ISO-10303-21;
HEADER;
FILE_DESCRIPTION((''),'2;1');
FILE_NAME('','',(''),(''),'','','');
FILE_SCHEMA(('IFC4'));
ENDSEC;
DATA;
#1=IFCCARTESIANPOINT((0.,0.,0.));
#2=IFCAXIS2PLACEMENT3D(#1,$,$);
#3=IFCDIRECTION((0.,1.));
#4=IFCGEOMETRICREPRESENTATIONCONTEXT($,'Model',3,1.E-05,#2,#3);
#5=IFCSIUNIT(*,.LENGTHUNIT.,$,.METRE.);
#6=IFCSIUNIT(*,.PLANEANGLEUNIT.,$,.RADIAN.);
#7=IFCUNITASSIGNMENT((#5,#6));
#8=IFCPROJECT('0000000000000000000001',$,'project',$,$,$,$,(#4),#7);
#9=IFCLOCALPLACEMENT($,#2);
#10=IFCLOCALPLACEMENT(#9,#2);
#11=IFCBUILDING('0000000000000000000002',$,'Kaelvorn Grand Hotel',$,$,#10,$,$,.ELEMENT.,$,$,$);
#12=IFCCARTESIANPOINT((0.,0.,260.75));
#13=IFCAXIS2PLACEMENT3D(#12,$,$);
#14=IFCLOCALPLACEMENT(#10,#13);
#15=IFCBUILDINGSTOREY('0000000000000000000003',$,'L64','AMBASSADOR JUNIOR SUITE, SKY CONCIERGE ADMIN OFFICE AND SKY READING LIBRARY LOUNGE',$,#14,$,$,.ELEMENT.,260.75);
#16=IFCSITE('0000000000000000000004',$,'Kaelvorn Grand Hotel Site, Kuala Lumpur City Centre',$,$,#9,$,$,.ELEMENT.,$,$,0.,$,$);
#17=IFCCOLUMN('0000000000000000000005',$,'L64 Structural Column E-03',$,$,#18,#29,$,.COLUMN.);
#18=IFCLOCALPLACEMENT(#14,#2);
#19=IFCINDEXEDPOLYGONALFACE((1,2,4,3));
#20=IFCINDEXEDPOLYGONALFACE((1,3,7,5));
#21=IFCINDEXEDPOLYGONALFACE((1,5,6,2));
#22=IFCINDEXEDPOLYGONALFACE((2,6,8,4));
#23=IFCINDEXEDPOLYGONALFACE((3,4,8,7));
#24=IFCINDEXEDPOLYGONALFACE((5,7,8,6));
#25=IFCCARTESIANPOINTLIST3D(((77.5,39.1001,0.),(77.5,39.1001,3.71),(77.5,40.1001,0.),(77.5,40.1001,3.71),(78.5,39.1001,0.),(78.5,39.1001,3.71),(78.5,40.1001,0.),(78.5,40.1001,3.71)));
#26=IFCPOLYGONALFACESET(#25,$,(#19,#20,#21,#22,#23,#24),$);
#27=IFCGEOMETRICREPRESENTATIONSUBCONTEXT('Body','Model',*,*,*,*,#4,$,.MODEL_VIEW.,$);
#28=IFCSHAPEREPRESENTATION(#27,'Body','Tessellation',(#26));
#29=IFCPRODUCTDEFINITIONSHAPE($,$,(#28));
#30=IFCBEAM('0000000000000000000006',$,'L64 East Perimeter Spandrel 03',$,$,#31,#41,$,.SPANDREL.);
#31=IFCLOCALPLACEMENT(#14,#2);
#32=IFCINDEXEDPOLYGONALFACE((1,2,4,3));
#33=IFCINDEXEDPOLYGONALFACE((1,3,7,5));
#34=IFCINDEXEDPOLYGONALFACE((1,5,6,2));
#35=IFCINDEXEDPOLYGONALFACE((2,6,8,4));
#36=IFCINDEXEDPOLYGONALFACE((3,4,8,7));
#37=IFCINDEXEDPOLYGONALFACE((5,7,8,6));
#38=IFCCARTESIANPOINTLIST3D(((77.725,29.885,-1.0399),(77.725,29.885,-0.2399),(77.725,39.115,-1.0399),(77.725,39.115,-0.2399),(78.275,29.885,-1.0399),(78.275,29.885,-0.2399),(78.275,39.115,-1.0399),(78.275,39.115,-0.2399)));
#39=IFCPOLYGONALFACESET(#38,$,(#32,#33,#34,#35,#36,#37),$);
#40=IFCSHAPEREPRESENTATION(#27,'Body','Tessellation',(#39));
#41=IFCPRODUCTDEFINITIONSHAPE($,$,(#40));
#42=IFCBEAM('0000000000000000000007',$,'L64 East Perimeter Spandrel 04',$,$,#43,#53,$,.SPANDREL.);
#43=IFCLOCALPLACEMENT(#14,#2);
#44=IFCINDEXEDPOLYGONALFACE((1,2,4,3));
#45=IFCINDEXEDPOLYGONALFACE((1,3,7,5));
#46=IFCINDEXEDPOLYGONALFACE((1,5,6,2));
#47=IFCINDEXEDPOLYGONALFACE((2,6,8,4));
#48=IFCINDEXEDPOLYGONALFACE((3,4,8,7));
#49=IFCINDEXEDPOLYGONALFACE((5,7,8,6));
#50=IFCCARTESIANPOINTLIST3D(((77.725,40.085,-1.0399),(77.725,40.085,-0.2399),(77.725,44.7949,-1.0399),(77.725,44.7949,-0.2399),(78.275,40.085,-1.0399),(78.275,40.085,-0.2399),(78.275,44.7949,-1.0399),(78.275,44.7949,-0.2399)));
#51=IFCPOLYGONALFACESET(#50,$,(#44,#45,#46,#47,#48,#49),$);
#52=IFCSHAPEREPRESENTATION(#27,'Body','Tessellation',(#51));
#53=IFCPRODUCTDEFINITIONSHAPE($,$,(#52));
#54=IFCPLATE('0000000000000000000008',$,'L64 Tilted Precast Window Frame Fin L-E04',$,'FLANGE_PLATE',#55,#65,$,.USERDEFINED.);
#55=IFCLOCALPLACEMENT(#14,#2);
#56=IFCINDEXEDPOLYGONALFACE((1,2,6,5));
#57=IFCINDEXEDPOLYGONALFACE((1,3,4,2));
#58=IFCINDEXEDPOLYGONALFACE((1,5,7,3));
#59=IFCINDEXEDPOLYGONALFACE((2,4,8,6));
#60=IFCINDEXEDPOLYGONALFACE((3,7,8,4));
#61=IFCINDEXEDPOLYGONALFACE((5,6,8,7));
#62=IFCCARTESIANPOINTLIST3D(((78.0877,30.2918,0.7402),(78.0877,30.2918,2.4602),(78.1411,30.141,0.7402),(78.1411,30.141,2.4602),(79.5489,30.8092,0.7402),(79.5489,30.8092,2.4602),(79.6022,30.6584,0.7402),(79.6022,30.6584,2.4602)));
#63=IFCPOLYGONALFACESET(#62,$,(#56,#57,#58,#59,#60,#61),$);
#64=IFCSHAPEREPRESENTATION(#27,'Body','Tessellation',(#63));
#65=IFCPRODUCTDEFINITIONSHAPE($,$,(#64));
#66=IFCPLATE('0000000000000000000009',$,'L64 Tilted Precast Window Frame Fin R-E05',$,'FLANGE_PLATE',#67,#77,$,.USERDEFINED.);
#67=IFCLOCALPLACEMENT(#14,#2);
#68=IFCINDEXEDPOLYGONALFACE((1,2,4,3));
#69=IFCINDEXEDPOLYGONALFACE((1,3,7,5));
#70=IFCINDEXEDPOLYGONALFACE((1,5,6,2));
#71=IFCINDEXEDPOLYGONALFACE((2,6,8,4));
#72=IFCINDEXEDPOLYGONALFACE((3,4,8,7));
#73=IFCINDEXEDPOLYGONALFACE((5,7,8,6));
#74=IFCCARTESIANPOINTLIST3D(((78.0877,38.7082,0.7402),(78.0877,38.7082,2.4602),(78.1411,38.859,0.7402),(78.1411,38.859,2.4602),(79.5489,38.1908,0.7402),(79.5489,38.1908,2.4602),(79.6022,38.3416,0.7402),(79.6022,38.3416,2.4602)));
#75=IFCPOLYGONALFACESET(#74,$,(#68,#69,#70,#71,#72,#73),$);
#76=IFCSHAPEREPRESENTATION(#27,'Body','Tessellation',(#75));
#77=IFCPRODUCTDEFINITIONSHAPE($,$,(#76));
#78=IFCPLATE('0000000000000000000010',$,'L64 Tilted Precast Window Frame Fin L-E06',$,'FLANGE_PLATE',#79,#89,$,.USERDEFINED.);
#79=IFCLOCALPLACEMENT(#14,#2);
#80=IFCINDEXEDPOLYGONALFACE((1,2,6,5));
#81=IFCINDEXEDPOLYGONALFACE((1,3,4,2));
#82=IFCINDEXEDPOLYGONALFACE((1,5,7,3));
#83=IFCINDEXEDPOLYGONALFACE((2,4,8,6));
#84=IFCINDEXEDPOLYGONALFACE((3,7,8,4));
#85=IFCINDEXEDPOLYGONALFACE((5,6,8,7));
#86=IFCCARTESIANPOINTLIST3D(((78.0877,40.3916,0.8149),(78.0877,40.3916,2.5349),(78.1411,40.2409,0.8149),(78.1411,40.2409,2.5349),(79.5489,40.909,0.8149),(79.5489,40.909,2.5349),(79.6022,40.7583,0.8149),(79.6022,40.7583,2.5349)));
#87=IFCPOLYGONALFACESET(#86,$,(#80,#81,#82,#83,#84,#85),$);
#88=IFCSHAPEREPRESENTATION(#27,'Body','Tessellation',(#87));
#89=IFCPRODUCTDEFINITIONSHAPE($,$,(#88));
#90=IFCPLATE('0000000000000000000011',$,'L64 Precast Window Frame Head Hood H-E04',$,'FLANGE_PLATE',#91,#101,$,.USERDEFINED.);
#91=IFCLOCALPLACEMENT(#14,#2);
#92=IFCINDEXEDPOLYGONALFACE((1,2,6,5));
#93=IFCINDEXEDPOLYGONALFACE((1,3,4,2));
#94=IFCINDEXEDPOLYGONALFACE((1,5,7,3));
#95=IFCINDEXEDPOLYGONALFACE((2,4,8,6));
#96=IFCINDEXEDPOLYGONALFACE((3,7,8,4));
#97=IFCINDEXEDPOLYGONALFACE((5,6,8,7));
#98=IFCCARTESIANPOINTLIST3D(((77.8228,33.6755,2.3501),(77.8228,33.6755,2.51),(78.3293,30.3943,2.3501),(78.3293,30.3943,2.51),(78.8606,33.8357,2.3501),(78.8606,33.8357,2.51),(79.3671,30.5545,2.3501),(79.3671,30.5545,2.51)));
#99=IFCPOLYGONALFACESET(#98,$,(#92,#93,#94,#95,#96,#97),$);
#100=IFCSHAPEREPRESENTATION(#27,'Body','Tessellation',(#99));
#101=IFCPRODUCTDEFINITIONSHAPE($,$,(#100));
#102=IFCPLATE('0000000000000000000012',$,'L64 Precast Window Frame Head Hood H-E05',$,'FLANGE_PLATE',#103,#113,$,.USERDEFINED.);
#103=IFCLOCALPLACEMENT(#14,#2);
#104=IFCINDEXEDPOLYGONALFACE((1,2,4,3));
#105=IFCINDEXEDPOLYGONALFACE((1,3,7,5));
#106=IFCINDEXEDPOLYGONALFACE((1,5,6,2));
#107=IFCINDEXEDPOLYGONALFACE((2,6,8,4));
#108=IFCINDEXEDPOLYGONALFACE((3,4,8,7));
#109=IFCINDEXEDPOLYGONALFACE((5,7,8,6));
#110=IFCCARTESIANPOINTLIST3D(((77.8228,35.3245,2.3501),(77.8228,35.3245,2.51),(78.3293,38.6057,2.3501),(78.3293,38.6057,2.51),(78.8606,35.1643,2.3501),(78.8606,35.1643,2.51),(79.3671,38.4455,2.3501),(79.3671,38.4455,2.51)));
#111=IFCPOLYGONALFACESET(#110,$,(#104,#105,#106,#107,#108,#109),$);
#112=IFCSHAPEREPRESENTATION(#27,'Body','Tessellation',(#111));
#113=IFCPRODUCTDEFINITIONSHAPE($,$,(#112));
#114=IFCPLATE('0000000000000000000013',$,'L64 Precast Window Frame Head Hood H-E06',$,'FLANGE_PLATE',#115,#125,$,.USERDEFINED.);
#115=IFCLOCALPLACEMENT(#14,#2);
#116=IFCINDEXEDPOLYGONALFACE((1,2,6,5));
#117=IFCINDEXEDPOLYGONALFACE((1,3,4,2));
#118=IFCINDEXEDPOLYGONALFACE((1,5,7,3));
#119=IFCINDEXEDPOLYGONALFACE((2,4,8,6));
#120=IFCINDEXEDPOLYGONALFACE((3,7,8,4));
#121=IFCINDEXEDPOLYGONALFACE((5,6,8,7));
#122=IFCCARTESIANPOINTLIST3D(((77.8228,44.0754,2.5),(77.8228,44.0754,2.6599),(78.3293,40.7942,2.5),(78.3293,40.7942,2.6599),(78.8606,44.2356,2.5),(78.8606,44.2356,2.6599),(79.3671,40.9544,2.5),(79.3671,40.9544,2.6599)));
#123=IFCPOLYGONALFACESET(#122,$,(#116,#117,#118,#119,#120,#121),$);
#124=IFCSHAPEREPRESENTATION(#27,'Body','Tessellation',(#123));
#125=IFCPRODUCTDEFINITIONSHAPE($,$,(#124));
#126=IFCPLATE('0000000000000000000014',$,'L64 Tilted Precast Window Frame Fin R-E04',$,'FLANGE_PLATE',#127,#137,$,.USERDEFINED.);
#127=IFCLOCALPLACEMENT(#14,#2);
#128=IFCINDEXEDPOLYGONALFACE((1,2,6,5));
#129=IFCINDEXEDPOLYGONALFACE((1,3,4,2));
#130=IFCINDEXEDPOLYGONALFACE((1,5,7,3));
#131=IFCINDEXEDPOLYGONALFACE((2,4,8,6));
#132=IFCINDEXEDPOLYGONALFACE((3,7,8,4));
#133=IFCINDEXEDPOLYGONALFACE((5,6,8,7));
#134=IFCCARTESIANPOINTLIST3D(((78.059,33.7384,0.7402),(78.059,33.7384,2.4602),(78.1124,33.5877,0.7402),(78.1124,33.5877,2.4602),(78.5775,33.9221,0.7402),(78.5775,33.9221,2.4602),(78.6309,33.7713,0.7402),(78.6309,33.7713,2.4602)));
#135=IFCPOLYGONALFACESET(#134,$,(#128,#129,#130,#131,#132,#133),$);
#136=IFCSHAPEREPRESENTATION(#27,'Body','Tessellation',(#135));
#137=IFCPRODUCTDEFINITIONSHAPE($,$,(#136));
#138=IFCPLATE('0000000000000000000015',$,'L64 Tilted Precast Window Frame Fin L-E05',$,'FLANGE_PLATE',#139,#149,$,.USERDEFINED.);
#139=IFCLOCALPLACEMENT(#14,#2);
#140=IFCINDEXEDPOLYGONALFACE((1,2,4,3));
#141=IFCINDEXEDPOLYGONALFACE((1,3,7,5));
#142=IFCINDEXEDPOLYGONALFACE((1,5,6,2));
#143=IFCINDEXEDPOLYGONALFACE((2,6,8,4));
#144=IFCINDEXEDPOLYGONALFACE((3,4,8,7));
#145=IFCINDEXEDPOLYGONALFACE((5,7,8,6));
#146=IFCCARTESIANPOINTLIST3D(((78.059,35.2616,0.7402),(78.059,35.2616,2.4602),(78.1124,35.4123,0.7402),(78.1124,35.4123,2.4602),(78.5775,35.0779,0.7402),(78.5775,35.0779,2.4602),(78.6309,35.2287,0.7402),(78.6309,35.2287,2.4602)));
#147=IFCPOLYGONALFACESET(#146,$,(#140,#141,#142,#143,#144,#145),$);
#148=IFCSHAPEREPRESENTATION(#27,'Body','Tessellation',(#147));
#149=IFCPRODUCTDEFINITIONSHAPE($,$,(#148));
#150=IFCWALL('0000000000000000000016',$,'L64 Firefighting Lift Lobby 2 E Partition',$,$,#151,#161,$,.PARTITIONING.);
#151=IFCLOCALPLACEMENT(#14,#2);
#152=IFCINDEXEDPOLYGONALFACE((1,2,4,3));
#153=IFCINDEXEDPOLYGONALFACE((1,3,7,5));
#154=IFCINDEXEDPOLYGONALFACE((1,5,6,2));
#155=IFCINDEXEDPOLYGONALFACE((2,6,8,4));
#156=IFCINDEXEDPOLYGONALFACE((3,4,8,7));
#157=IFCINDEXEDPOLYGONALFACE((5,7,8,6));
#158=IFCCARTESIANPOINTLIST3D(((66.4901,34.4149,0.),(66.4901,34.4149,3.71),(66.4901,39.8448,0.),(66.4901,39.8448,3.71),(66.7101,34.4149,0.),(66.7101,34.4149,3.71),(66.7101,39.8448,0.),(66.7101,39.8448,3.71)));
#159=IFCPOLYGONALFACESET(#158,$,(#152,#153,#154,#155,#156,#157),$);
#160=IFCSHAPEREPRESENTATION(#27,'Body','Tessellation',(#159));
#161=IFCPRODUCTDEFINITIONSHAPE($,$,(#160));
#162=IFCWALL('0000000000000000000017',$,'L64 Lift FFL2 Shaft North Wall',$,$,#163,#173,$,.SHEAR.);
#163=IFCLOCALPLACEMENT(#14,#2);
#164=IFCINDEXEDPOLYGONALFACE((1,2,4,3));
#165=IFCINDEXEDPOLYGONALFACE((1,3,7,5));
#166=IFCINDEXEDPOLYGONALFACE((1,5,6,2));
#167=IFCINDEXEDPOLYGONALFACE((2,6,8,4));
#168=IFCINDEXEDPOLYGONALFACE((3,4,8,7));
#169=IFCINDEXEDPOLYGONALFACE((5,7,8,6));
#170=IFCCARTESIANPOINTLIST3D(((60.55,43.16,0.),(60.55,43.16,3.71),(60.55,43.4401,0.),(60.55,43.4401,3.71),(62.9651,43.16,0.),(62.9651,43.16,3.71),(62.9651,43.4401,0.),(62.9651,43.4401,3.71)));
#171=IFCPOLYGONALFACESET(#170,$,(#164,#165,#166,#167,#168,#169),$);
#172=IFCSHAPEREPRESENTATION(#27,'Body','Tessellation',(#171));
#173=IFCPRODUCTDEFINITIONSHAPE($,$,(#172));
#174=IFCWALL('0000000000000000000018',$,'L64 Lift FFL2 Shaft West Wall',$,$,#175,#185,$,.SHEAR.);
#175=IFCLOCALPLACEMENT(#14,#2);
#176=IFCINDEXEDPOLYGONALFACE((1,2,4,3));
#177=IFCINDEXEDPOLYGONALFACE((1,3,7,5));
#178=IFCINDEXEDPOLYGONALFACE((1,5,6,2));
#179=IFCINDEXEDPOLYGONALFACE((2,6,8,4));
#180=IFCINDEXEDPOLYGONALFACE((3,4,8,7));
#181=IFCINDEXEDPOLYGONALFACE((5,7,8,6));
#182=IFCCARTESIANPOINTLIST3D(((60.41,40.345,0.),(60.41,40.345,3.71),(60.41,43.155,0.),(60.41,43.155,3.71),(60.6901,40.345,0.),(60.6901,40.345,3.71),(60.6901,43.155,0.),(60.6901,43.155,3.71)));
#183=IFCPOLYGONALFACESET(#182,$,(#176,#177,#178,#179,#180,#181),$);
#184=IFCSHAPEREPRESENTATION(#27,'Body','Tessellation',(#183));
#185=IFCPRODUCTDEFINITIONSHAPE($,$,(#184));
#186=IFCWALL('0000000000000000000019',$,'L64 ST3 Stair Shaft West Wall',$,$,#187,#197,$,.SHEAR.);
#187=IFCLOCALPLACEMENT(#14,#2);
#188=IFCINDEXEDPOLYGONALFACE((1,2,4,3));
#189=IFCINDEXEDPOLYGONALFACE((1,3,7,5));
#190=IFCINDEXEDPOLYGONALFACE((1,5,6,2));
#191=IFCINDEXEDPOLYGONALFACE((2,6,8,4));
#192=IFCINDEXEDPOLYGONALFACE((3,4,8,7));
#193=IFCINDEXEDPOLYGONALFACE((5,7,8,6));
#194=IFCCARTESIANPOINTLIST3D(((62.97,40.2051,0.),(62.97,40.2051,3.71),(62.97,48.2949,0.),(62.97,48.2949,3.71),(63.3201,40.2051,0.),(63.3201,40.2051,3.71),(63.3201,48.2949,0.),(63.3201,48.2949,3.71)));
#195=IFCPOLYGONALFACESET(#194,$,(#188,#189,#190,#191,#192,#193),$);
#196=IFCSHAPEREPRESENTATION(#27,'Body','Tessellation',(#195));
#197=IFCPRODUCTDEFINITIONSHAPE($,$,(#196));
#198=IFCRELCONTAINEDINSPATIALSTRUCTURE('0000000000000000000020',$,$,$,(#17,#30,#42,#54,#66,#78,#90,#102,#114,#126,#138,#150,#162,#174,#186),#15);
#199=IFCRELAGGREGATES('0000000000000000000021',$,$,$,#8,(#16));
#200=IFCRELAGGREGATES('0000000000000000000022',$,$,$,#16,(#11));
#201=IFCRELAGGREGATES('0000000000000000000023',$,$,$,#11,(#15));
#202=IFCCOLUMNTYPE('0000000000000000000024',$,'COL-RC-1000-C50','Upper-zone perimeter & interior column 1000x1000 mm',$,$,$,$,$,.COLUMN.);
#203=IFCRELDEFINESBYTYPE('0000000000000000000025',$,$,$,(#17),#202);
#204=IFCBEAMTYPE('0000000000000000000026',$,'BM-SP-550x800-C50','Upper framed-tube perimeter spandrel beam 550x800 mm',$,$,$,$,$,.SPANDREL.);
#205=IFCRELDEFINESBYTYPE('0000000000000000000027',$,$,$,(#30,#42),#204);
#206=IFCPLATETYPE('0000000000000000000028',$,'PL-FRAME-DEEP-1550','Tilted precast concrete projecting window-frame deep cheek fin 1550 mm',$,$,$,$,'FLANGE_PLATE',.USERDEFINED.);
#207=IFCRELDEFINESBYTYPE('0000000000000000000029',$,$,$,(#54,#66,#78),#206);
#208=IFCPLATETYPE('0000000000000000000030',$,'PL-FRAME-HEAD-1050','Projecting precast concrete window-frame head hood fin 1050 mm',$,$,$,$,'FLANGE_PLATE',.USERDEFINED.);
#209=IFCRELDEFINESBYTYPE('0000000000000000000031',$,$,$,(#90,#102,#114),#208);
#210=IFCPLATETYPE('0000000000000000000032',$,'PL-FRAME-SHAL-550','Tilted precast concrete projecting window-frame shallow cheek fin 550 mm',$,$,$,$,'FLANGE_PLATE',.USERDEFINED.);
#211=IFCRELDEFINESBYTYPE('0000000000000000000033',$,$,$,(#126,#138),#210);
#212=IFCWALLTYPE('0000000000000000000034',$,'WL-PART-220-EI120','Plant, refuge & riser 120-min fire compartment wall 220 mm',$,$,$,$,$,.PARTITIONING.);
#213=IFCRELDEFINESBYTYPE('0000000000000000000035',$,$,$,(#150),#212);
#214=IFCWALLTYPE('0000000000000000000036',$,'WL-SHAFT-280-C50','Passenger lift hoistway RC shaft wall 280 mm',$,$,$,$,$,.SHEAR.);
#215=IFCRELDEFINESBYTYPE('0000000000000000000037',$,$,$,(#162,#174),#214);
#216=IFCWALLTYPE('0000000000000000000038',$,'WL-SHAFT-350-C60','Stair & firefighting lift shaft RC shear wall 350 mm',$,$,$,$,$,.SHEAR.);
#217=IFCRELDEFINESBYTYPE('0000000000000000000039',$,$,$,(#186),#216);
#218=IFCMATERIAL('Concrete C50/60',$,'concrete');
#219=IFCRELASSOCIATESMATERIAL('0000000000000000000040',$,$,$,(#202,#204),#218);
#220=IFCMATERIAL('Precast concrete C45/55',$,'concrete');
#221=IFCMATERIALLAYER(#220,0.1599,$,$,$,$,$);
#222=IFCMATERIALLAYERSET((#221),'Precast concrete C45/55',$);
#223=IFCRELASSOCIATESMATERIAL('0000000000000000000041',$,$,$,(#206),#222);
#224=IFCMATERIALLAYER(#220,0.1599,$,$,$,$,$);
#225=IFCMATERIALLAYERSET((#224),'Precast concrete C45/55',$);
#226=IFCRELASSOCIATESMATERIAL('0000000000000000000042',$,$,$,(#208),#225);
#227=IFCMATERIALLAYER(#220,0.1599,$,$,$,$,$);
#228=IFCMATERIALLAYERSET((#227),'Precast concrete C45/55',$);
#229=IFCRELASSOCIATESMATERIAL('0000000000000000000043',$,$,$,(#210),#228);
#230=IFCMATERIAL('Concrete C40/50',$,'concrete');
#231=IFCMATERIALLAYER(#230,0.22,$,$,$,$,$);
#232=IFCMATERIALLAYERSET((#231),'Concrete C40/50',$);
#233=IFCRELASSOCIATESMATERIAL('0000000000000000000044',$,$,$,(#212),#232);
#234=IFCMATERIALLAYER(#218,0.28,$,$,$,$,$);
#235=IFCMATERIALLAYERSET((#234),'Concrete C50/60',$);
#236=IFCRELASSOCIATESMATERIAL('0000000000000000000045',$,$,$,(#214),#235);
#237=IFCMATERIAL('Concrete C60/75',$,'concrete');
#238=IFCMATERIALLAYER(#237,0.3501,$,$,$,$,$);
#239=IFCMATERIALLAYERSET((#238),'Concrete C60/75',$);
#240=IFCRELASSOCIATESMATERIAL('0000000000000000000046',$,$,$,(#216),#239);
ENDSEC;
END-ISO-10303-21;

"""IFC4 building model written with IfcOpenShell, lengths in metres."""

from ifc_helpers import new_model, si_unit, direction, frame, frame_2d, origin, origin_2d, place, context, subcontext, project, spatial, rectangle, extrude, material, layer, layer_set, material_profile, profile_set, type_object, element, save


model = new_model("IFC4")

# Units and contexts
model_context = context("Model", 3, precision=1e-05, world=origin(), true_north=direction((0.0, 1.0)))
body_context = subcontext(model_context, "Body", "Model", "MODEL_VIEW")
ifc_project = project(units=[si_unit("LENGTHUNIT", "METRE"), si_unit("PLANEANGLEUNIT", "RADIAN")], contexts=[model_context])

# Site, building, storey
site_placement = place(None, origin())
site = spatial("IfcSite", under=ifc_project, at=site_placement, Name="Kaelvorn Grand Hotel Site, Kuala Lumpur City Centre", CompositionType="ELEMENT", RefElevation=0.0)
building_placement = place(site_placement, origin())
building = spatial("IfcBuilding", under=site, at=building_placement, Name="Kaelvorn Grand Hotel", CompositionType="ELEMENT")
storey_placement = place(building_placement, frame((0.0, 0.0, 260.75)))
storey = spatial("IfcBuildingStorey", under=building, at=storey_placement, Name="L64", Description="AMBASSADOR JUNIOR SUITE, SKY CONCIERGE ADMIN OFFICE AND SKY READING LIBRARY LOUNGE", CompositionType="ELEMENT", Elevation=260.75)

# Column
ifc_material_1 = material(Name="Concrete C50/60", Category="concrete")
ifc_material_profile_1 = material_profile(ifc_material_1, rectangle(XDim=1.0, YDim=1.0, at=origin_2d()), Name="RC COL 1000x1000")
ifc_profile_set_1 = profile_set([ifc_material_profile_1], Name="Concrete C50/60")
column_type = type_object("IfcColumnType", Name="COL-RC-1000-C50", Description="Upper-zone perimeter & interior column 1000x1000 mm", PredefinedType="COLUMN", material=ifc_profile_set_1)
column_placement = place(storey_placement, frame((78.0, 39.6001, 0.0), z_axis=(0.0, 0.0, 1.0), x_axis=(1.0, 0.0, 0.0)))
element("IfcColumn", 1, at=column_placement, inside=storey, type_object=column_type, Name="L64 Structural Column E-03", PredefinedType="COLUMN", context=body_context, shape_type="SweptSolid", body=[
    extrude(rectangle(XDim=1.0, YDim=1.0, at=origin_2d()), origin(), (0.0, 0.0, 1.0), 3.71),
])

# Beams
ifc_material_profile_2 = material_profile(ifc_material_1, rectangle(XDim=0.55, YDim=0.8, at=origin_2d()), Name="RC SPANDREL 550x800")
ifc_profile_set_2 = profile_set([ifc_material_profile_2], Name="Concrete C50/60")
beam_type = type_object("IfcBeamType", Name="BM-SP-550x800-C50", Description="Upper framed-tube perimeter spandrel beam 550x800 mm", PredefinedType="SPANDREL", material=ifc_profile_set_2)
beam_1_placement = place(storey_placement, frame((78.0, 29.885, -0.6399), z_axis=(0.0, 1.0, 0.0), x_axis=(-1.0, 0.0, 0.0)))
element("IfcBeam", 2, at=beam_1_placement, inside=storey, type_object=beam_type, Name="L64 East Perimeter Spandrel 03", PredefinedType="SPANDREL", context=body_context, shape_type="SweptSolid", body=[
    extrude(rectangle(XDim=0.55, YDim=0.8, at=origin_2d()), origin(), (0.0, 0.0, 1.0), 9.23),
])
beam_2_placement = place(storey_placement, frame((78.0, 40.085, -0.6399), z_axis=(0.0, 1.0, 0.0), x_axis=(-1.0, 0.0, 0.0)))
element("IfcBeam", 3, at=beam_2_placement, inside=storey, type_object=beam_type, Name="L64 East Perimeter Spandrel 04", PredefinedType="SPANDREL", context=body_context, shape_type="SweptSolid", body=[
    extrude(rectangle(XDim=0.55, YDim=0.8, at=origin_2d()), origin(), (0.0, 0.0, 1.0), 4.71),
])

# Plates
ifc_material_2 = material(Name="Precast concrete C45/55", Category="concrete")
ifc_layer_1 = layer(ifc_material_2, 0.1599)
ifc_layer_set_1 = layer_set([ifc_layer_1], Name="Precast concrete C45/55")
plate_type_1 = type_object("IfcPlateType", Name="PL-FRAME-DEEP-1550", Description="Tilted precast concrete projecting window-frame deep cheek fin 1550 mm", ElementType="FLANGE_PLATE", PredefinedType="USERDEFINED", material=ifc_layer_set_1)
for number, where, z_axis, x_axis, name in (
    (4, (78.845, 30.4751, 0.7402), (0.0, 0.0, 1.0), (-0.333807, 0.942641, 0.0), "L64 Tilted Precast Window Frame Fin L-E04"),
    (5, (78.845, 38.5249, 0.7402), (0.0, 0.0, 1.0), (0.333807, 0.942641, 0.0), "L64 Tilted Precast Window Frame Fin R-E05"),
    (6, (78.845, 40.575, 0.8149), (0.0, 0.0, 1.0), (-0.333807, 0.942641, 0.0), "L64 Tilted Precast Window Frame Fin L-E06"),
):
    element("IfcPlate", number, at=place(storey_placement, frame(where, z_axis=z_axis, x_axis=x_axis)), inside=storey, type_object=plate_type_1, Name=name, ObjectType="FLANGE_PLATE", PredefinedType="USERDEFINED", context=body_context, shape_type="SweptSolid", body=[
        extrude(rectangle(XDim=0.1599, YDim=1.55, at=origin_2d()), origin(), (0.0, 0.0, 1.0), 1.72),
    ])
ifc_layer_2 = layer(ifc_material_2, 0.1599)
ifc_layer_set_2 = layer_set([ifc_layer_2], Name="Precast concrete C45/55")
plate_type_2 = type_object("IfcPlateType", Name="PL-FRAME-HEAD-1050", Description="Projecting precast concrete window-frame head hood fin 1050 mm", ElementType="FLANGE_PLATE", PredefinedType="USERDEFINED", material=ifc_layer_set_2)
for number, where, z_axis, x_axis, name in (
    (7, (78.595, 32.115, 2.3501), (0.0, 0.0, 1.0), (-0.152555, 0.988295, 0.0), "L64 Precast Window Frame Head Hood H-E04"),
    (8, (78.595, 36.885, 2.3501), (0.0, 0.0, 1.0), (0.152555, 0.988295, 0.0), "L64 Precast Window Frame Head Hood H-E05"),
    (9, (78.595, 42.5149, 2.5), (0.0, 0.0, 1.0), (-0.152555, 0.988295, 0.0), "L64 Precast Window Frame Head Hood H-E06"),
):
    element("IfcPlate", number, at=place(storey_placement, frame(where, z_axis=z_axis, x_axis=x_axis)), inside=storey, type_object=plate_type_2, Name=name, ObjectType="FLANGE_PLATE", PredefinedType="USERDEFINED", context=body_context, shape_type="SweptSolid", body=[
        extrude(rectangle(XDim=3.3201, YDim=1.05, at=origin_2d()), origin(), (0.0, 0.0, 1.0), 0.1599),
    ])
ifc_layer_3 = layer(ifc_material_2, 0.1599)
ifc_layer_set_3 = layer_set([ifc_layer_3], Name="Precast concrete C45/55")
plate_type_3 = type_object("IfcPlateType", Name="PL-FRAME-SHAL-550", Description="Tilted precast concrete projecting window-frame shallow cheek fin 550 mm", ElementType="FLANGE_PLATE", PredefinedType="USERDEFINED", material=ifc_layer_set_3)
for number, where, z_axis, x_axis, name in (
    (10, (78.345, 33.7549, 0.7402), (0.0, 0.0, 1.0), (-0.333807, 0.942641, 0.0), "L64 Tilted Precast Window Frame Fin R-E04"),
    (11, (78.345, 35.2451, 0.7402), (0.0, 0.0, 1.0), (0.333807, 0.942641, 0.0), "L64 Tilted Precast Window Frame Fin L-E05"),
):
    element("IfcPlate", number, at=place(storey_placement, frame(where, z_axis=z_axis, x_axis=x_axis)), inside=storey, type_object=plate_type_3, Name=name, ObjectType="FLANGE_PLATE", PredefinedType="USERDEFINED", context=body_context, shape_type="SweptSolid", body=[
        extrude(rectangle(XDim=0.1599, YDim=0.55, at=origin_2d()), origin(), (0.0, 0.0, 1.0), 1.72),
    ])

# Walls
ifc_material_3 = material(Name="Concrete C40/50", Category="concrete")
ifc_layer_4 = layer(ifc_material_3, 0.22)
ifc_layer_set_4 = layer_set([ifc_layer_4], Name="Concrete C40/50")
wall_type_1 = type_object("IfcWallType", Name="WL-PART-220-EI120", Description="Plant, refuge & riser 120-min fire compartment wall 220 mm", PredefinedType="PARTITIONING", material=ifc_layer_set_4)
wall_1_placement = place(storey_placement, frame((66.6001, 34.415, 0.0), z_axis=(0.0, 0.0, 1.0), x_axis=(0.0, 1.0, 0.0)))
element("IfcWall", 12, at=wall_1_placement, inside=storey, type_object=wall_type_1, Name="L64 Firefighting Lift Lobby 2 E Partition", PredefinedType="PARTITIONING", context=body_context, shape_type="SweptSolid", body=[
    extrude(rectangle(XDim=5.4299, YDim=0.22, at=frame_2d((2.7148, 0.0))), origin(), (0.0, 0.0, 1.0), 3.71),
])
ifc_layer_5 = layer(ifc_material_1, 0.28)
ifc_layer_set_5 = layer_set([ifc_layer_5], Name="Concrete C50/60")
wall_type_2 = type_object("IfcWallType", Name="WL-SHAFT-280-C50", Description="Passenger lift hoistway RC shaft wall 280 mm", PredefinedType="SHEAR", material=ifc_layer_set_5)
wall_2_placement = place(storey_placement, frame((60.55, 43.3, 0.0), z_axis=(0.0, 0.0, 1.0), x_axis=(1.0, 0.0, 0.0)))
element("IfcWall", 13, at=wall_2_placement, inside=storey, type_object=wall_type_2, Name="L64 Lift FFL2 Shaft North Wall", PredefinedType="SHEAR", context=body_context, shape_type="SweptSolid", body=[
    extrude(rectangle(XDim=2.415, YDim=0.28, at=frame_2d((1.2075, 0.0))), origin(), (0.0, 0.0, 1.0), 3.71),
])
wall_3_placement = place(storey_placement, frame((60.55, 40.345, 0.0), z_axis=(0.0, 0.0, 1.0), x_axis=(0.0, 1.0, 0.0)))
element("IfcWall", 14, at=wall_3_placement, inside=storey, type_object=wall_type_2, Name="L64 Lift FFL2 Shaft West Wall", PredefinedType="SHEAR", context=body_context, shape_type="SweptSolid", body=[
    extrude(rectangle(XDim=2.8101, YDim=0.28, at=frame_2d((1.405, 0.0))), origin(), (0.0, 0.0, 1.0), 3.71),
])

# Shared definitions
ifc_material_4 = material(Name="Concrete C60/75", Category="concrete")
ifc_layer_6 = layer(ifc_material_4, 0.3501)
ifc_layer_set_6 = layer_set([ifc_layer_6], Name="Concrete C60/75")
wall_type_3 = type_object("IfcWallType", Name="WL-SHAFT-350-C60", Description="Stair & firefighting lift shaft RC shear wall 350 mm", PredefinedType="SHEAR", material=ifc_layer_set_6)

# Wall
for number, where, z_axis, x_axis, name in (
    (15, (63.145, 40.2051, 0.0), (0.0, 0.0, 1.0), (0.0, 1.0, 0.0), "L64 ST3 Stair Shaft West Wall"),
):
    element("IfcWall", number, at=place(storey_placement, frame(where, z_axis=z_axis, x_axis=x_axis)), inside=storey, type_object=wall_type_3, Name=name, PredefinedType="SHEAR", context=body_context, shape_type="SweptSolid", body=[
        extrude(rectangle(XDim=8.0898, YDim=0.3501, at=frame_2d((4.0449, 0.0))), origin(), (0.0, 0.0, 1.0), 3.71),
    ])

save(model, "model.ifc")
